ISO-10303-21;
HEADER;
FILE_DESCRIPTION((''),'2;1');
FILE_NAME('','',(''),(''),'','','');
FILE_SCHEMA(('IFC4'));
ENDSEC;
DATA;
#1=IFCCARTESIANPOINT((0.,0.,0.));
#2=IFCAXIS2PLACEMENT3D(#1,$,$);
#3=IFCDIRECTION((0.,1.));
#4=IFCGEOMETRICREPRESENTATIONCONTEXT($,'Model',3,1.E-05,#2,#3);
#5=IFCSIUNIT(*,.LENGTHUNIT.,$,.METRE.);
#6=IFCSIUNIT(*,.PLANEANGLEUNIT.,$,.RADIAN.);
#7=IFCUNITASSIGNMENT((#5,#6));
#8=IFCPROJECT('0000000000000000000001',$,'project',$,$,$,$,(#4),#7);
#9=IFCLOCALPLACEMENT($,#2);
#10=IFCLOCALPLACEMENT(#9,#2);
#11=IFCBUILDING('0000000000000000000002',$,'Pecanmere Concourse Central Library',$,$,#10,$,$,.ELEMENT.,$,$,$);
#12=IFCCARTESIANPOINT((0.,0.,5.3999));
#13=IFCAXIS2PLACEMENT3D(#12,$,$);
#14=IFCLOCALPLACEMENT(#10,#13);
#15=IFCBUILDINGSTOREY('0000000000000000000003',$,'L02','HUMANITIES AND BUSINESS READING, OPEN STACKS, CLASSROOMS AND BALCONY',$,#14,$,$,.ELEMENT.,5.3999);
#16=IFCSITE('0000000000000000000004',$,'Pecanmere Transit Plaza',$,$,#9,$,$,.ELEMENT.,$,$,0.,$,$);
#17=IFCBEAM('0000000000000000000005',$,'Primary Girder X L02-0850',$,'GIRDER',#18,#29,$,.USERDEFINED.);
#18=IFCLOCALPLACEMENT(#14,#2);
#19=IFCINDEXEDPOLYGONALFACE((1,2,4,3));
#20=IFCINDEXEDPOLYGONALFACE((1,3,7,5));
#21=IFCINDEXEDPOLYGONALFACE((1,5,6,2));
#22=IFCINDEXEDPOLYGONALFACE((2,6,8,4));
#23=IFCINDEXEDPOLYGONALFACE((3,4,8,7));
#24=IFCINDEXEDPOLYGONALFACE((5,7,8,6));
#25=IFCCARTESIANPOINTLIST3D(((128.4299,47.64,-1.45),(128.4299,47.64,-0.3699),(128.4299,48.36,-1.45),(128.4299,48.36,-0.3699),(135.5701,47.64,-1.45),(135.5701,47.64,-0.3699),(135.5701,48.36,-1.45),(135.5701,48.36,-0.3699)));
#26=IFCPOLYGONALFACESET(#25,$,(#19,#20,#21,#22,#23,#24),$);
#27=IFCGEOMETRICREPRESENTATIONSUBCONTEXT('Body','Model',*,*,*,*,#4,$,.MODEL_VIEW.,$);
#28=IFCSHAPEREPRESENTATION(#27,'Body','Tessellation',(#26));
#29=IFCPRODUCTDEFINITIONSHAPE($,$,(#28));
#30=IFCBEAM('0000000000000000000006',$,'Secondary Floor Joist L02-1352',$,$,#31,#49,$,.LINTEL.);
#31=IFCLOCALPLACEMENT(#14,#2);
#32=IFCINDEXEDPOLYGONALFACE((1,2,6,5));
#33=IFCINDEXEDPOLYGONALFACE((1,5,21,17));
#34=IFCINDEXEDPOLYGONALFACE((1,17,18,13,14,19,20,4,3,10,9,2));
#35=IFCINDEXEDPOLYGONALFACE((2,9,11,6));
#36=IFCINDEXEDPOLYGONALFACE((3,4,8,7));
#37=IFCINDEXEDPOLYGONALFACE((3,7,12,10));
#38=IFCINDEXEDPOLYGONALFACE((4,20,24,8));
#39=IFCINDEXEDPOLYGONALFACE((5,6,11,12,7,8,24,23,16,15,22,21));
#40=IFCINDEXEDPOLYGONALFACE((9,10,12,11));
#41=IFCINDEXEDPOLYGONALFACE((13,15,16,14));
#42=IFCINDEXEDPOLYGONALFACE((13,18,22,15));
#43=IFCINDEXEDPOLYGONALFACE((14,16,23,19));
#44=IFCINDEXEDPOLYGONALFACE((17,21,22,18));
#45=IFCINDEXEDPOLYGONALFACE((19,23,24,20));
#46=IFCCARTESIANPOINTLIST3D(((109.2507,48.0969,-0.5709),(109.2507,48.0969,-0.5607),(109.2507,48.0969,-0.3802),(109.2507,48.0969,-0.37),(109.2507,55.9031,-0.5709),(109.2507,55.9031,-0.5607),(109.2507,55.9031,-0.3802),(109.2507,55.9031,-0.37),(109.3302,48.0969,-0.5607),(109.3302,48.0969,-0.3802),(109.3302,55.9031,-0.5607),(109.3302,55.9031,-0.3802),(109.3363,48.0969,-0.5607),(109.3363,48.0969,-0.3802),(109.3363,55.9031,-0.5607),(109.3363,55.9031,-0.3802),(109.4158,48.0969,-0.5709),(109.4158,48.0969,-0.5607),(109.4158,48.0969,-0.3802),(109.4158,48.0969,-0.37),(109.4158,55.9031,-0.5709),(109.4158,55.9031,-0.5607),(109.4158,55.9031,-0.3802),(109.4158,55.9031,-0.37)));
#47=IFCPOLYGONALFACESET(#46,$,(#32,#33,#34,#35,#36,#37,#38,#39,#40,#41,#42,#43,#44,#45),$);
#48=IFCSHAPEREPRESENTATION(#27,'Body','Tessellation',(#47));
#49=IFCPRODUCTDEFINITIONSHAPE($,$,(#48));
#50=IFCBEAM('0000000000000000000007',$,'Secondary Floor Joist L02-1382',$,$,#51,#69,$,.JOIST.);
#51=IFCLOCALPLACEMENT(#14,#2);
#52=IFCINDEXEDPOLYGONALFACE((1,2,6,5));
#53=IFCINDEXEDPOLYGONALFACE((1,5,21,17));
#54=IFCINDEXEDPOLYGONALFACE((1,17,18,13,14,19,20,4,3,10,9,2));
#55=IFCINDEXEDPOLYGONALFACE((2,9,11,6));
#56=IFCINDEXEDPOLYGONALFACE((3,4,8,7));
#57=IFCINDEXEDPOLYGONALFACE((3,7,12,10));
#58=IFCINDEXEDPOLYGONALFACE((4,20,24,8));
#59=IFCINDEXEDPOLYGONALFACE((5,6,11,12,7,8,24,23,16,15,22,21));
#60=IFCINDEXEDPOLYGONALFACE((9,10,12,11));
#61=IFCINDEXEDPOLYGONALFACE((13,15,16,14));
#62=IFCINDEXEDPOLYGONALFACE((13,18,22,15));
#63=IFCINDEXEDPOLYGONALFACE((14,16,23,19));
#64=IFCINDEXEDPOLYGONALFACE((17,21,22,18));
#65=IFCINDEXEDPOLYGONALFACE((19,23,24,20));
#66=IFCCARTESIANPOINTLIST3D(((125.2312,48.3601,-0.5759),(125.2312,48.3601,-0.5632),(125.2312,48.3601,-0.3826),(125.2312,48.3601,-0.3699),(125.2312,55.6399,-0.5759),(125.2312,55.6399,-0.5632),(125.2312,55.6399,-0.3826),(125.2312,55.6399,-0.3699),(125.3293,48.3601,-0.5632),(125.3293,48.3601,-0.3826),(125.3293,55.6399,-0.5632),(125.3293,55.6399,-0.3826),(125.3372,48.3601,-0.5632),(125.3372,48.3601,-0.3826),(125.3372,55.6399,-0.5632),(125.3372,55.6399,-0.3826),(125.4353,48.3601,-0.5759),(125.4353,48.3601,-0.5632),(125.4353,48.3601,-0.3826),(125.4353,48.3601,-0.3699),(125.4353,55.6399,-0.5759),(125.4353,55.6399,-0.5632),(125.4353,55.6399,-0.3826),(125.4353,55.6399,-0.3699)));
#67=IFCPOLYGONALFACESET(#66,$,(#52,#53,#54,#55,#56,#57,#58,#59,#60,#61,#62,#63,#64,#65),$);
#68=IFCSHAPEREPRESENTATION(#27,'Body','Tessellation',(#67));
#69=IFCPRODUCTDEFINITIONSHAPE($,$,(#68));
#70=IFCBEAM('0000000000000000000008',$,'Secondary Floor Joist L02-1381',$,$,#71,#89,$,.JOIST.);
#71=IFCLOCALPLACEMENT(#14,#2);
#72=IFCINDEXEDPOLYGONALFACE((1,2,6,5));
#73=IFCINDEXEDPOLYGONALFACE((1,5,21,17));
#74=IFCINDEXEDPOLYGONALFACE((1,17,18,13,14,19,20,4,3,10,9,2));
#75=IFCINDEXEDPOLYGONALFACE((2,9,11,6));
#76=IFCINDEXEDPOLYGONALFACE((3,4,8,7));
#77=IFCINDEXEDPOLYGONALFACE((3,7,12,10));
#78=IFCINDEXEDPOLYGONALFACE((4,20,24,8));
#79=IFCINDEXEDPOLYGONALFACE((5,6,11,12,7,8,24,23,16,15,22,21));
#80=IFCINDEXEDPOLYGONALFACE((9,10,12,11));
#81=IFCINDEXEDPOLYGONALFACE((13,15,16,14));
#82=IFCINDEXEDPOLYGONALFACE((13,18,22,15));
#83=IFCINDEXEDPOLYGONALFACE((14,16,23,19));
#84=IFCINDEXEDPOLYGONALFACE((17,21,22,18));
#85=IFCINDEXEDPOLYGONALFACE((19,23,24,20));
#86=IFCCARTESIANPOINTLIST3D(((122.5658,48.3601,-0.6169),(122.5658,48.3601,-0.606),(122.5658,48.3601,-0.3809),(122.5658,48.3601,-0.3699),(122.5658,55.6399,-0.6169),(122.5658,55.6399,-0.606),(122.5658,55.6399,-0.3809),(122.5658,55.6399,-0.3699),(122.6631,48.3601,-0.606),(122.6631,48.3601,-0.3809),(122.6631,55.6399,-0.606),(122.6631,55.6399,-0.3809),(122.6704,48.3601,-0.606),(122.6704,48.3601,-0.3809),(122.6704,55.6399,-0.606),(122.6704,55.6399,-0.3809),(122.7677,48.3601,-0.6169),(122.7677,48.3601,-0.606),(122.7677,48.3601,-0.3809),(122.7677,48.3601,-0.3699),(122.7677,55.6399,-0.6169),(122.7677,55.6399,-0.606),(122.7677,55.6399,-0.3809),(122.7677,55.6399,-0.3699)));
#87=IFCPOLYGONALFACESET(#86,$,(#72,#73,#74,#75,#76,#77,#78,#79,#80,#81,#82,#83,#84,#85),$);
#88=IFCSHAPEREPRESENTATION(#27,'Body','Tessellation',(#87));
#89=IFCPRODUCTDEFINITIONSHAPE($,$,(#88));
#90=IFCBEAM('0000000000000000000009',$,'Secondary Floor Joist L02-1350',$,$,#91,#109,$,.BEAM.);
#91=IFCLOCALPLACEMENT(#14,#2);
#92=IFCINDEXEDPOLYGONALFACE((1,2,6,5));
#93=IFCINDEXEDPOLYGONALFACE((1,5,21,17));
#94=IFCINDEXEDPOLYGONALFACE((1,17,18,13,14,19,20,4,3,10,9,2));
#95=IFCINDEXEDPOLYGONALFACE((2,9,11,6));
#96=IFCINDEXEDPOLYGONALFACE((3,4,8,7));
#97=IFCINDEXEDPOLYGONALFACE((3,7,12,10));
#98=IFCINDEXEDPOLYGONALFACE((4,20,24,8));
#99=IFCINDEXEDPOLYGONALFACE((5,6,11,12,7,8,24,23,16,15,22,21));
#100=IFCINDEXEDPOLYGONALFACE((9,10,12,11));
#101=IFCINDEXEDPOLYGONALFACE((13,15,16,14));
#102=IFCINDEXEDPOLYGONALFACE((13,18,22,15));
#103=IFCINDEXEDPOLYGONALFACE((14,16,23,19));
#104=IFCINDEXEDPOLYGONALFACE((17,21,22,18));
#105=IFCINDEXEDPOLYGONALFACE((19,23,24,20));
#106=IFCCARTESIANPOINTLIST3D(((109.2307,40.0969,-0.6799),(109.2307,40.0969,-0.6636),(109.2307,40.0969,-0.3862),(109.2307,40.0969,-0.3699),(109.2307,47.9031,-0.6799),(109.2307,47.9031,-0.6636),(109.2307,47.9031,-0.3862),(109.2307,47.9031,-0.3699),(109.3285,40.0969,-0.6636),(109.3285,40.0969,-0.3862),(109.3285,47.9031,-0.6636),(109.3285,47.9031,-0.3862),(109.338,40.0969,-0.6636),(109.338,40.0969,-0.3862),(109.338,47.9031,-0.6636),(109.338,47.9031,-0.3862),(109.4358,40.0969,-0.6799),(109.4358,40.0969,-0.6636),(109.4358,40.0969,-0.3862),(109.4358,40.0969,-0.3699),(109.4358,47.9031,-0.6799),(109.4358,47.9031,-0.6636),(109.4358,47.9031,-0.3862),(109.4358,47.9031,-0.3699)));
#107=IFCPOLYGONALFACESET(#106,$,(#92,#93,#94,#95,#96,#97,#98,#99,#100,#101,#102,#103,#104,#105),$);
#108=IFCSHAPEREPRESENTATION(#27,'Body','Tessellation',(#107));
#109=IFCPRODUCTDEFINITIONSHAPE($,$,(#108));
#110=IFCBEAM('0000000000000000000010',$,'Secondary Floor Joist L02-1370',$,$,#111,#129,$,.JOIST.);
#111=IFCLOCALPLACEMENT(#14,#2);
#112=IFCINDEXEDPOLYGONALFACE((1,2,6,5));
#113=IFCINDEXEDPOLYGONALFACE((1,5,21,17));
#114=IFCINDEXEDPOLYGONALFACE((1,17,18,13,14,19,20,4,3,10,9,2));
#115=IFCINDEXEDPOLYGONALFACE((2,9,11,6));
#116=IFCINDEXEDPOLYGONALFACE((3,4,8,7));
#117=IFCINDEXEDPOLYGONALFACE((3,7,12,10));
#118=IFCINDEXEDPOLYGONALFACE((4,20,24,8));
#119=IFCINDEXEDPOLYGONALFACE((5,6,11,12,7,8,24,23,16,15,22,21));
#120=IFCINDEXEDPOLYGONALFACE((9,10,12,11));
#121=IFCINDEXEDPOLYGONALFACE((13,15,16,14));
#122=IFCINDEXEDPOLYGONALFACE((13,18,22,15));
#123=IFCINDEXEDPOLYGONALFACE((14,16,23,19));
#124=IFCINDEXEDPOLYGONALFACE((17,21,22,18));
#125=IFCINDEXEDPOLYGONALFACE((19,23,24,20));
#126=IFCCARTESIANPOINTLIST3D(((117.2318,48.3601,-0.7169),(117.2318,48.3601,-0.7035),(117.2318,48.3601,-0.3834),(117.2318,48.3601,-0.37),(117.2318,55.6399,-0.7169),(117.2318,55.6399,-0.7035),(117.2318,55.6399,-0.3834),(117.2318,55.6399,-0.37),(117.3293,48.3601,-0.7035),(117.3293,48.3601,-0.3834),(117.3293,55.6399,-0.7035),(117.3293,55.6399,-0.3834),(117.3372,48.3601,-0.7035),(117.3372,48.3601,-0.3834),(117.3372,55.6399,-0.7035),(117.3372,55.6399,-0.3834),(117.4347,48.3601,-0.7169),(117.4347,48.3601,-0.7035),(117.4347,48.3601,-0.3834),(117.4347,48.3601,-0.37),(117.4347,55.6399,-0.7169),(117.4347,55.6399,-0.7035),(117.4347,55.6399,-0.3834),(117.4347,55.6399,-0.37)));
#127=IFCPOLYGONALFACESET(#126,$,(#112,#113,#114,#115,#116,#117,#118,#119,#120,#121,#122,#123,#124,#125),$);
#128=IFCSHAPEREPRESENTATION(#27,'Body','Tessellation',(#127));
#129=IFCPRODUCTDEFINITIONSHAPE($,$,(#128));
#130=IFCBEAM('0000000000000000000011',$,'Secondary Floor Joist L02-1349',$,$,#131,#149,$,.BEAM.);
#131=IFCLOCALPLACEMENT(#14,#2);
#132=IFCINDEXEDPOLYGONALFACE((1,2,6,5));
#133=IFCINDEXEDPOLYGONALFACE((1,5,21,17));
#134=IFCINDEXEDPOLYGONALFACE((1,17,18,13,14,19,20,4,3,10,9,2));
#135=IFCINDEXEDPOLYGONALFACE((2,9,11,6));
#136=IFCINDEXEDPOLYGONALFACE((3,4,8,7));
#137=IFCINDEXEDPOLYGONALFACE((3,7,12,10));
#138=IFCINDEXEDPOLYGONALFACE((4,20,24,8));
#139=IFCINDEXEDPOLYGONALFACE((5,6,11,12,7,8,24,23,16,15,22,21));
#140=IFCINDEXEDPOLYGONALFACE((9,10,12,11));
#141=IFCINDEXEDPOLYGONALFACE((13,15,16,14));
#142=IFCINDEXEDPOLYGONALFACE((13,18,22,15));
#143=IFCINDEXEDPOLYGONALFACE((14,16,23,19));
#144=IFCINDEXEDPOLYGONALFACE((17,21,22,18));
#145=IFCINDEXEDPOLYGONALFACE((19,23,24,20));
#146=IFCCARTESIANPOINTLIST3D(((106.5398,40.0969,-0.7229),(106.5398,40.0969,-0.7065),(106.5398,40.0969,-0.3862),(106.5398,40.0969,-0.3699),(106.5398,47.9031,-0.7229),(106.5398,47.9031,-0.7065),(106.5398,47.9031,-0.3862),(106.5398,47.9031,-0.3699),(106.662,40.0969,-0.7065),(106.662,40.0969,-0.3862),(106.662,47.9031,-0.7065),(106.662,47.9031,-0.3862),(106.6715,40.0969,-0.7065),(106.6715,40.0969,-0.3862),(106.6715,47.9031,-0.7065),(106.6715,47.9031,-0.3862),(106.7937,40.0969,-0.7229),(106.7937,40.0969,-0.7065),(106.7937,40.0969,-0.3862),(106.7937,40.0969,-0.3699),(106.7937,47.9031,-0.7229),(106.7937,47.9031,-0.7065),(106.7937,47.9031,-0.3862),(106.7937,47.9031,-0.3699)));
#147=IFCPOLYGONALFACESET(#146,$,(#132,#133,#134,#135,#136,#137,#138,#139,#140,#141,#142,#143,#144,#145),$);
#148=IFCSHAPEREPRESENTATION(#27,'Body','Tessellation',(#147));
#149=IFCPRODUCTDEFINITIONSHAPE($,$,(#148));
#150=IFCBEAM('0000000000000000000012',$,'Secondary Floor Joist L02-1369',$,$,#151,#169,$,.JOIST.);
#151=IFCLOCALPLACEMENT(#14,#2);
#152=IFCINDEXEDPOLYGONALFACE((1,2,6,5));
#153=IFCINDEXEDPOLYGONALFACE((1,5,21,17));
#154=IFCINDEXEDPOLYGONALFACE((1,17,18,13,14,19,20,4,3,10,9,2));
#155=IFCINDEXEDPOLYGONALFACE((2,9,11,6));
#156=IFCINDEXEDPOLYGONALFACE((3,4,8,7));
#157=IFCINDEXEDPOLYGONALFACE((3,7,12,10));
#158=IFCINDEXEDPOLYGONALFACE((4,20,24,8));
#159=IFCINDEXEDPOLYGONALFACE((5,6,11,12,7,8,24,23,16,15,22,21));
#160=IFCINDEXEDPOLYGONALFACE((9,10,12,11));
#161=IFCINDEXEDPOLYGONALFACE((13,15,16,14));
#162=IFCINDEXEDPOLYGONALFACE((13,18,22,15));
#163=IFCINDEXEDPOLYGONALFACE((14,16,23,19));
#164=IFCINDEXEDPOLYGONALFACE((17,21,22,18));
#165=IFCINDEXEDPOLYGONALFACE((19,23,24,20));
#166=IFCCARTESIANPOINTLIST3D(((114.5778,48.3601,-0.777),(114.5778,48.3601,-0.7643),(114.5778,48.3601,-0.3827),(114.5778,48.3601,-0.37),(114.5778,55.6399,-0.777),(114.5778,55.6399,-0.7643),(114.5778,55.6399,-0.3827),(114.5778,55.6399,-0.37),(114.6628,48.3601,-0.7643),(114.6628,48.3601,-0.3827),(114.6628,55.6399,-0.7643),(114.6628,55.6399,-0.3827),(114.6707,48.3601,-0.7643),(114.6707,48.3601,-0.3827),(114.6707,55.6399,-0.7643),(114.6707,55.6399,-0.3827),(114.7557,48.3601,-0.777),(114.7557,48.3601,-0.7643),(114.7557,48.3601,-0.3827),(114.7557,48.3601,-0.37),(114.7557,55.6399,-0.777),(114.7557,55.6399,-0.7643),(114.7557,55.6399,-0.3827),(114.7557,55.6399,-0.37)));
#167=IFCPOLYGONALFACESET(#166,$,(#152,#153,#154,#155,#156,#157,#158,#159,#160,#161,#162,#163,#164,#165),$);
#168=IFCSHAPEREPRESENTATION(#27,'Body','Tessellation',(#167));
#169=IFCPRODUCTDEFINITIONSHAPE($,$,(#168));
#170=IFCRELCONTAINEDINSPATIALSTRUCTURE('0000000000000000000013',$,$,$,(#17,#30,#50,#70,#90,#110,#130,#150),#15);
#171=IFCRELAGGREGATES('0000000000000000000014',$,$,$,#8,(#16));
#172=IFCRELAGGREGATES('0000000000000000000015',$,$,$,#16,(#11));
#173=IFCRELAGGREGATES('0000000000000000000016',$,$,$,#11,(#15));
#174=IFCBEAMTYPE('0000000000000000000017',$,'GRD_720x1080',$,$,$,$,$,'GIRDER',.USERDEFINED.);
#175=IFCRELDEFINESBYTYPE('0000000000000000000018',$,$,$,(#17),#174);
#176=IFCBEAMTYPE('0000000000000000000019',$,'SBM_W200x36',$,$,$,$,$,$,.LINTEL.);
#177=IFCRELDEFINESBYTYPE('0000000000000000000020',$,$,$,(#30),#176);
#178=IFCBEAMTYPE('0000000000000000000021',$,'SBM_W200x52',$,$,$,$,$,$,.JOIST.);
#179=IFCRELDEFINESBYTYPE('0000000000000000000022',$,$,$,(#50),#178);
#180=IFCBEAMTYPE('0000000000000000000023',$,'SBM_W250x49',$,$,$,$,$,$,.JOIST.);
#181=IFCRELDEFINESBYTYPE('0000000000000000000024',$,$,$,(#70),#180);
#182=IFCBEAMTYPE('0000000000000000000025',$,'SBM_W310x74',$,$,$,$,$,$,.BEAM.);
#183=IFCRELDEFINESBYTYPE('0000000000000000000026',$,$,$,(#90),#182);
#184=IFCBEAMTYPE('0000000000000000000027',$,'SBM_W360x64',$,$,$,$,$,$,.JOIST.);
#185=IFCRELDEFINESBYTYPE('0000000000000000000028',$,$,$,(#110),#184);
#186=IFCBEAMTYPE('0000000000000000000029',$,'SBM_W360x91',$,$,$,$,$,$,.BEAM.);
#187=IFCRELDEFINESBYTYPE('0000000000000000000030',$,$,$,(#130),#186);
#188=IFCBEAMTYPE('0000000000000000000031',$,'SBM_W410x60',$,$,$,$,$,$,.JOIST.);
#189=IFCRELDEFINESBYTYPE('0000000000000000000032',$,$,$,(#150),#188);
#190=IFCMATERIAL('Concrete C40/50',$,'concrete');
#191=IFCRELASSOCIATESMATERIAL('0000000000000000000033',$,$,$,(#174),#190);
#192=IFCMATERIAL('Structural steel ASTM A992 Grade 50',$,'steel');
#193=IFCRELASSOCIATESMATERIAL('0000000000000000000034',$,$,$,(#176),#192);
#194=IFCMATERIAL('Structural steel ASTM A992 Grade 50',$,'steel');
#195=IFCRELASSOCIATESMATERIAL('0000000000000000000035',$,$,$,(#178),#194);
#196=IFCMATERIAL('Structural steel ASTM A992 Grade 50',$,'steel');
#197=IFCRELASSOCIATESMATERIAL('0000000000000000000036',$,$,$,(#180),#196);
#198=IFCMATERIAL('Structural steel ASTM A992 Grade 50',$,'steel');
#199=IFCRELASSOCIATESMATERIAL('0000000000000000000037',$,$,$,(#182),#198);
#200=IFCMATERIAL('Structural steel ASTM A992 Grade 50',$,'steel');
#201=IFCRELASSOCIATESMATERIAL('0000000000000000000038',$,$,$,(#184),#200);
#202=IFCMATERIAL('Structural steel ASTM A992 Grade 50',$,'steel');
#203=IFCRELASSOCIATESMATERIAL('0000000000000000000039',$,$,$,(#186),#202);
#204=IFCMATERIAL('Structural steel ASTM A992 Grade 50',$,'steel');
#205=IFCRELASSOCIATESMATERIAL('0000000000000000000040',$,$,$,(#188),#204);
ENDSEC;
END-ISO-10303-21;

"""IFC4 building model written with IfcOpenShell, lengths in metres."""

from ifc_helpers import new_model, si_unit, direction, frame, origin, origin_2d, place, context, subcontext, project, spatial, rectangle, i_section, extrude, material, material_profile, profile_set, type_object, element, save


model = new_model("IFC4")

# Units and contexts
model_context = context("Model", 3, precision=1e-05, world=origin(), true_north=direction((0.0, 1.0)))
body_context = subcontext(model_context, "Body", "Model", "MODEL_VIEW")
ifc_project = project(units=[si_unit("LENGTHUNIT", "METRE"), si_unit("PLANEANGLEUNIT", "RADIAN")], contexts=[model_context])

# Site, building, storey
site_placement = place(None, origin())
site = spatial("IfcSite", under=ifc_project, at=site_placement, Name="Pecanmere Transit Plaza", CompositionType="ELEMENT", RefElevation=0.0)
building_placement = place(site_placement, origin())
building = spatial("IfcBuilding", under=site, at=building_placement, Name="Pecanmere Concourse Central Library", CompositionType="ELEMENT")
storey_placement = place(building_placement, frame((0.0, 0.0, 5.3999)))
storey = spatial("IfcBuildingStorey", under=building, at=storey_placement, Name="L02", Description="HUMANITIES AND BUSINESS READING, OPEN STACKS, CLASSROOMS AND BALCONY", CompositionType="ELEMENT", Elevation=5.3999)

# Beams
ifc_material_1 = material(Name="Concrete C40/50", Category="concrete")
ifc_material_profile_1 = material_profile(ifc_material_1, rectangle(XDim=0.72, YDim=1.0801, at=origin_2d()), Name="RC 720x1080")
ifc_profile_set_1 = profile_set([ifc_material_profile_1], Name="Concrete C40/50")
beam_type_1 = type_object("IfcBeamType", Name="GRD_720x1080", ElementType="GIRDER", PredefinedType="USERDEFINED", material=ifc_profile_set_1)
for number, where, z_axis, x_axis, name in (
    (1, (128.4299, 48.0, -0.9099), (1.0, 0.0, 0.0), (0.0, 1.0, 0.0), "Primary Girder X L02-0850"),
):
    element("IfcBeam", number, at=place(storey_placement, frame(where, z_axis=z_axis, x_axis=x_axis)), inside=storey, type_object=beam_type_1, Name=name, ObjectType="GIRDER", PredefinedType="USERDEFINED", context=body_context, shape_type="SweptSolid", body=[
        extrude(rectangle(XDim=0.72, YDim=1.0801, at=origin_2d()), origin(), (0.0, 0.0, 1.0), 7.1401),
    ])
ifc_material_2 = material(Name="Structural steel ASTM A992 Grade 50", Category="steel")
ifc_material_profile_2 = material_profile(ifc_material_2, i_section(OverallWidth=0.165, OverallDepth=0.2009, WebThickness=0.0061, FlangeThickness=0.0103, at=origin_2d()), Name="W200x35.9")
ifc_profile_set_2 = profile_set([ifc_material_profile_2], Name="Structural steel ASTM A992 Grade 50")
beam_type_2 = type_object("IfcBeamType", Name="SBM_W200x36", PredefinedType="LINTEL", material=ifc_profile_set_2)
beam_1_placement = place(storey_placement, frame((109.3333, 48.0969, -0.4705), z_axis=(0.0, 1.0, 0.0), x_axis=(-1.0, 0.0, 0.0)))
element("IfcBeam", 2, at=beam_1_placement, inside=storey, type_object=beam_type_2, Name="Secondary Floor Joist L02-1352", PredefinedType="LINTEL", context=body_context, shape_type="SweptSolid", body=[
    extrude(i_section(OverallWidth=0.165, OverallDepth=0.2009, WebThickness=0.0061, FlangeThickness=0.0103, at=origin_2d()), origin(), (0.0, 0.0, 1.0), 7.8062),
])
ifc_material_3 = material(Name="Structural steel ASTM A992 Grade 50", Category="steel")
ifc_material_profile_3 = material_profile(ifc_material_3, i_section(OverallWidth=0.2041, OverallDepth=0.2061, WebThickness=0.0078, FlangeThickness=0.0127, at=origin_2d()), Name="W200x52")
ifc_profile_set_3 = profile_set([ifc_material_profile_3], Name="Structural steel ASTM A992 Grade 50")
beam_type_3 = type_object("IfcBeamType", Name="SBM_W200x52", PredefinedType="JOIST", material=ifc_profile_set_3)
beam_2_placement = place(storey_placement, frame((125.3333, 48.3601, -0.4729), z_axis=(0.0, 1.0, 0.0), x_axis=(-1.0, 0.0, 0.0)))
element("IfcBeam", 3, at=beam_2_placement, inside=storey, type_object=beam_type_3, Name="Secondary Floor Joist L02-1382", PredefinedType="JOIST", context=body_context, shape_type="SweptSolid", body=[
    extrude(i_section(OverallWidth=0.2041, OverallDepth=0.2061, WebThickness=0.0078, FlangeThickness=0.0127, at=origin_2d()), origin(), (0.0, 0.0, 1.0), 7.2798),
])
ifc_material_4 = material(Name="Structural steel ASTM A992 Grade 50", Category="steel")
ifc_material_profile_4 = material_profile(ifc_material_4, i_section(OverallWidth=0.2019, OverallDepth=0.2471, WebThickness=0.0073, FlangeThickness=0.011, at=origin_2d()), Name="W250x49.1")
ifc_profile_set_4 = profile_set([ifc_material_profile_4], Name="Structural steel ASTM A992 Grade 50")
beam_type_4 = type_object("IfcBeamType", Name="SBM_W250x49", PredefinedType="JOIST", material=ifc_profile_set_4)
beam_3_placement = place(storey_placement, frame((122.6667, 48.3601, -0.4934), z_axis=(0.0, 1.0, 0.0), x_axis=(-1.0, 0.0, 0.0)))
element("IfcBeam", 4, at=beam_3_placement, inside=storey, type_object=beam_type_4, Name="Secondary Floor Joist L02-1381", PredefinedType="JOIST", context=body_context, shape_type="SweptSolid", body=[
    extrude(i_section(OverallWidth=0.2019, OverallDepth=0.2471, WebThickness=0.0073, FlangeThickness=0.011, at=origin_2d()), origin(), (0.0, 0.0, 1.0), 7.2798),
])
ifc_material_5 = material(Name="Structural steel ASTM A992 Grade 50", Category="steel")
ifc_material_profile_5 = material_profile(ifc_material_5, i_section(OverallWidth=0.2051, OverallDepth=0.3101, WebThickness=0.0095, FlangeThickness=0.0164, at=origin_2d()), Name="W310x74")
ifc_profile_set_5 = profile_set([ifc_material_profile_5], Name="Structural steel ASTM A992 Grade 50")
beam_type_5 = type_object("IfcBeamType", Name="SBM_W310x74", PredefinedType="BEAM", material=ifc_profile_set_5)
beam_4_placement = place(storey_placement, frame((109.3333, 40.0969, -0.5249), z_axis=(0.0, 1.0, 0.0), x_axis=(-1.0, 0.0, 0.0)))
element("IfcBeam", 5, at=beam_4_placement, inside=storey, type_object=beam_type_5, Name="Secondary Floor Joist L02-1350", PredefinedType="BEAM", context=body_context, shape_type="SweptSolid", body=[
    extrude(i_section(OverallWidth=0.2051, OverallDepth=0.3101, WebThickness=0.0095, FlangeThickness=0.0164, at=origin_2d()), origin(), (0.0, 0.0, 1.0), 7.8062),
])
ifc_material_6 = material(Name="Structural steel ASTM A992 Grade 50", Category="steel")
ifc_material_profile_6 = material_profile(ifc_material_6, i_section(OverallWidth=0.2029, OverallDepth=0.3469, WebThickness=0.0078, FlangeThickness=0.0134, at=origin_2d()), Name="W360x64")
ifc_profile_set_6 = profile_set([ifc_material_profile_6], Name="Structural steel ASTM A992 Grade 50")
beam_type_6 = type_object("IfcBeamType", Name="SBM_W360x64", PredefinedType="JOIST", material=ifc_profile_set_6)
beam_5_placement = place(storey_placement, frame((117.3333, 48.3601, -0.5435), z_axis=(0.0, 1.0, 0.0), x_axis=(-1.0, 0.0, 0.0)))
element("IfcBeam", 6, at=beam_5_placement, inside=storey, type_object=beam_type_6, Name="Secondary Floor Joist L02-1370", PredefinedType="JOIST", context=body_context, shape_type="SweptSolid", body=[
    extrude(i_section(OverallWidth=0.2029, OverallDepth=0.3469, WebThickness=0.0078, FlangeThickness=0.0134, at=origin_2d()), origin(), (0.0, 0.0, 1.0), 7.2798),
])
ifc_material_7 = material(Name="Structural steel ASTM A992 Grade 50", Category="steel")
ifc_material_profile_7 = material_profile(ifc_material_7, i_section(OverallWidth=0.2539, OverallDepth=0.353, WebThickness=0.0095, FlangeThickness=0.0164, at=origin_2d()), Name="W360x91")
ifc_profile_set_7 = profile_set([ifc_material_profile_7], Name="Structural steel ASTM A992 Grade 50")
beam_type_7 = type_object("IfcBeamType", Name="SBM_W360x91", PredefinedType="BEAM", material=ifc_profile_set_7)
beam_6_placement = place(storey_placement, frame((106.6667, 40.0969, -0.5464), z_axis=(0.0, 1.0, 0.0), x_axis=(-1.0, 0.0, 0.0)))
element("IfcBeam", 7, at=beam_6_placement, inside=storey, type_object=beam_type_7, Name="Secondary Floor Joist L02-1349", PredefinedType="BEAM", context=body_context, shape_type="SweptSolid", body=[
    extrude(i_section(OverallWidth=0.2539, OverallDepth=0.353, WebThickness=0.0095, FlangeThickness=0.0164, at=origin_2d()), origin(), (0.0, 0.0, 1.0), 7.8062),
])
ifc_material_8 = material(Name="Structural steel ASTM A992 Grade 50", Category="steel")
ifc_material_profile_8 = material_profile(ifc_material_8, i_section(OverallWidth=0.178, OverallDepth=0.407, WebThickness=0.0078, FlangeThickness=0.0127, at=origin_2d()), Name="W410x60")
ifc_profile_set_8 = profile_set([ifc_material_profile_8], Name="Structural steel ASTM A992 Grade 50")
beam_type_8 = type_object("IfcBeamType", Name="SBM_W410x60", PredefinedType="JOIST", material=ifc_profile_set_8)
beam_7_placement = place(storey_placement, frame((114.6667, 48.3601, -0.5735), z_axis=(0.0, 1.0, 0.0), x_axis=(-1.0, 0.0, 0.0)))
element("IfcBeam", 8, at=beam_7_placement, inside=storey, type_object=beam_type_8, Name="Secondary Floor Joist L02-1369", PredefinedType="JOIST", context=body_context, shape_type="SweptSolid", body=[
    extrude(i_section(OverallWidth=0.178, OverallDepth=0.407, WebThickness=0.0078, FlangeThickness=0.0127, at=origin_2d()), origin(), (0.0, 0.0, 1.0), 7.2798),
])

save(model, "model.ifc")
